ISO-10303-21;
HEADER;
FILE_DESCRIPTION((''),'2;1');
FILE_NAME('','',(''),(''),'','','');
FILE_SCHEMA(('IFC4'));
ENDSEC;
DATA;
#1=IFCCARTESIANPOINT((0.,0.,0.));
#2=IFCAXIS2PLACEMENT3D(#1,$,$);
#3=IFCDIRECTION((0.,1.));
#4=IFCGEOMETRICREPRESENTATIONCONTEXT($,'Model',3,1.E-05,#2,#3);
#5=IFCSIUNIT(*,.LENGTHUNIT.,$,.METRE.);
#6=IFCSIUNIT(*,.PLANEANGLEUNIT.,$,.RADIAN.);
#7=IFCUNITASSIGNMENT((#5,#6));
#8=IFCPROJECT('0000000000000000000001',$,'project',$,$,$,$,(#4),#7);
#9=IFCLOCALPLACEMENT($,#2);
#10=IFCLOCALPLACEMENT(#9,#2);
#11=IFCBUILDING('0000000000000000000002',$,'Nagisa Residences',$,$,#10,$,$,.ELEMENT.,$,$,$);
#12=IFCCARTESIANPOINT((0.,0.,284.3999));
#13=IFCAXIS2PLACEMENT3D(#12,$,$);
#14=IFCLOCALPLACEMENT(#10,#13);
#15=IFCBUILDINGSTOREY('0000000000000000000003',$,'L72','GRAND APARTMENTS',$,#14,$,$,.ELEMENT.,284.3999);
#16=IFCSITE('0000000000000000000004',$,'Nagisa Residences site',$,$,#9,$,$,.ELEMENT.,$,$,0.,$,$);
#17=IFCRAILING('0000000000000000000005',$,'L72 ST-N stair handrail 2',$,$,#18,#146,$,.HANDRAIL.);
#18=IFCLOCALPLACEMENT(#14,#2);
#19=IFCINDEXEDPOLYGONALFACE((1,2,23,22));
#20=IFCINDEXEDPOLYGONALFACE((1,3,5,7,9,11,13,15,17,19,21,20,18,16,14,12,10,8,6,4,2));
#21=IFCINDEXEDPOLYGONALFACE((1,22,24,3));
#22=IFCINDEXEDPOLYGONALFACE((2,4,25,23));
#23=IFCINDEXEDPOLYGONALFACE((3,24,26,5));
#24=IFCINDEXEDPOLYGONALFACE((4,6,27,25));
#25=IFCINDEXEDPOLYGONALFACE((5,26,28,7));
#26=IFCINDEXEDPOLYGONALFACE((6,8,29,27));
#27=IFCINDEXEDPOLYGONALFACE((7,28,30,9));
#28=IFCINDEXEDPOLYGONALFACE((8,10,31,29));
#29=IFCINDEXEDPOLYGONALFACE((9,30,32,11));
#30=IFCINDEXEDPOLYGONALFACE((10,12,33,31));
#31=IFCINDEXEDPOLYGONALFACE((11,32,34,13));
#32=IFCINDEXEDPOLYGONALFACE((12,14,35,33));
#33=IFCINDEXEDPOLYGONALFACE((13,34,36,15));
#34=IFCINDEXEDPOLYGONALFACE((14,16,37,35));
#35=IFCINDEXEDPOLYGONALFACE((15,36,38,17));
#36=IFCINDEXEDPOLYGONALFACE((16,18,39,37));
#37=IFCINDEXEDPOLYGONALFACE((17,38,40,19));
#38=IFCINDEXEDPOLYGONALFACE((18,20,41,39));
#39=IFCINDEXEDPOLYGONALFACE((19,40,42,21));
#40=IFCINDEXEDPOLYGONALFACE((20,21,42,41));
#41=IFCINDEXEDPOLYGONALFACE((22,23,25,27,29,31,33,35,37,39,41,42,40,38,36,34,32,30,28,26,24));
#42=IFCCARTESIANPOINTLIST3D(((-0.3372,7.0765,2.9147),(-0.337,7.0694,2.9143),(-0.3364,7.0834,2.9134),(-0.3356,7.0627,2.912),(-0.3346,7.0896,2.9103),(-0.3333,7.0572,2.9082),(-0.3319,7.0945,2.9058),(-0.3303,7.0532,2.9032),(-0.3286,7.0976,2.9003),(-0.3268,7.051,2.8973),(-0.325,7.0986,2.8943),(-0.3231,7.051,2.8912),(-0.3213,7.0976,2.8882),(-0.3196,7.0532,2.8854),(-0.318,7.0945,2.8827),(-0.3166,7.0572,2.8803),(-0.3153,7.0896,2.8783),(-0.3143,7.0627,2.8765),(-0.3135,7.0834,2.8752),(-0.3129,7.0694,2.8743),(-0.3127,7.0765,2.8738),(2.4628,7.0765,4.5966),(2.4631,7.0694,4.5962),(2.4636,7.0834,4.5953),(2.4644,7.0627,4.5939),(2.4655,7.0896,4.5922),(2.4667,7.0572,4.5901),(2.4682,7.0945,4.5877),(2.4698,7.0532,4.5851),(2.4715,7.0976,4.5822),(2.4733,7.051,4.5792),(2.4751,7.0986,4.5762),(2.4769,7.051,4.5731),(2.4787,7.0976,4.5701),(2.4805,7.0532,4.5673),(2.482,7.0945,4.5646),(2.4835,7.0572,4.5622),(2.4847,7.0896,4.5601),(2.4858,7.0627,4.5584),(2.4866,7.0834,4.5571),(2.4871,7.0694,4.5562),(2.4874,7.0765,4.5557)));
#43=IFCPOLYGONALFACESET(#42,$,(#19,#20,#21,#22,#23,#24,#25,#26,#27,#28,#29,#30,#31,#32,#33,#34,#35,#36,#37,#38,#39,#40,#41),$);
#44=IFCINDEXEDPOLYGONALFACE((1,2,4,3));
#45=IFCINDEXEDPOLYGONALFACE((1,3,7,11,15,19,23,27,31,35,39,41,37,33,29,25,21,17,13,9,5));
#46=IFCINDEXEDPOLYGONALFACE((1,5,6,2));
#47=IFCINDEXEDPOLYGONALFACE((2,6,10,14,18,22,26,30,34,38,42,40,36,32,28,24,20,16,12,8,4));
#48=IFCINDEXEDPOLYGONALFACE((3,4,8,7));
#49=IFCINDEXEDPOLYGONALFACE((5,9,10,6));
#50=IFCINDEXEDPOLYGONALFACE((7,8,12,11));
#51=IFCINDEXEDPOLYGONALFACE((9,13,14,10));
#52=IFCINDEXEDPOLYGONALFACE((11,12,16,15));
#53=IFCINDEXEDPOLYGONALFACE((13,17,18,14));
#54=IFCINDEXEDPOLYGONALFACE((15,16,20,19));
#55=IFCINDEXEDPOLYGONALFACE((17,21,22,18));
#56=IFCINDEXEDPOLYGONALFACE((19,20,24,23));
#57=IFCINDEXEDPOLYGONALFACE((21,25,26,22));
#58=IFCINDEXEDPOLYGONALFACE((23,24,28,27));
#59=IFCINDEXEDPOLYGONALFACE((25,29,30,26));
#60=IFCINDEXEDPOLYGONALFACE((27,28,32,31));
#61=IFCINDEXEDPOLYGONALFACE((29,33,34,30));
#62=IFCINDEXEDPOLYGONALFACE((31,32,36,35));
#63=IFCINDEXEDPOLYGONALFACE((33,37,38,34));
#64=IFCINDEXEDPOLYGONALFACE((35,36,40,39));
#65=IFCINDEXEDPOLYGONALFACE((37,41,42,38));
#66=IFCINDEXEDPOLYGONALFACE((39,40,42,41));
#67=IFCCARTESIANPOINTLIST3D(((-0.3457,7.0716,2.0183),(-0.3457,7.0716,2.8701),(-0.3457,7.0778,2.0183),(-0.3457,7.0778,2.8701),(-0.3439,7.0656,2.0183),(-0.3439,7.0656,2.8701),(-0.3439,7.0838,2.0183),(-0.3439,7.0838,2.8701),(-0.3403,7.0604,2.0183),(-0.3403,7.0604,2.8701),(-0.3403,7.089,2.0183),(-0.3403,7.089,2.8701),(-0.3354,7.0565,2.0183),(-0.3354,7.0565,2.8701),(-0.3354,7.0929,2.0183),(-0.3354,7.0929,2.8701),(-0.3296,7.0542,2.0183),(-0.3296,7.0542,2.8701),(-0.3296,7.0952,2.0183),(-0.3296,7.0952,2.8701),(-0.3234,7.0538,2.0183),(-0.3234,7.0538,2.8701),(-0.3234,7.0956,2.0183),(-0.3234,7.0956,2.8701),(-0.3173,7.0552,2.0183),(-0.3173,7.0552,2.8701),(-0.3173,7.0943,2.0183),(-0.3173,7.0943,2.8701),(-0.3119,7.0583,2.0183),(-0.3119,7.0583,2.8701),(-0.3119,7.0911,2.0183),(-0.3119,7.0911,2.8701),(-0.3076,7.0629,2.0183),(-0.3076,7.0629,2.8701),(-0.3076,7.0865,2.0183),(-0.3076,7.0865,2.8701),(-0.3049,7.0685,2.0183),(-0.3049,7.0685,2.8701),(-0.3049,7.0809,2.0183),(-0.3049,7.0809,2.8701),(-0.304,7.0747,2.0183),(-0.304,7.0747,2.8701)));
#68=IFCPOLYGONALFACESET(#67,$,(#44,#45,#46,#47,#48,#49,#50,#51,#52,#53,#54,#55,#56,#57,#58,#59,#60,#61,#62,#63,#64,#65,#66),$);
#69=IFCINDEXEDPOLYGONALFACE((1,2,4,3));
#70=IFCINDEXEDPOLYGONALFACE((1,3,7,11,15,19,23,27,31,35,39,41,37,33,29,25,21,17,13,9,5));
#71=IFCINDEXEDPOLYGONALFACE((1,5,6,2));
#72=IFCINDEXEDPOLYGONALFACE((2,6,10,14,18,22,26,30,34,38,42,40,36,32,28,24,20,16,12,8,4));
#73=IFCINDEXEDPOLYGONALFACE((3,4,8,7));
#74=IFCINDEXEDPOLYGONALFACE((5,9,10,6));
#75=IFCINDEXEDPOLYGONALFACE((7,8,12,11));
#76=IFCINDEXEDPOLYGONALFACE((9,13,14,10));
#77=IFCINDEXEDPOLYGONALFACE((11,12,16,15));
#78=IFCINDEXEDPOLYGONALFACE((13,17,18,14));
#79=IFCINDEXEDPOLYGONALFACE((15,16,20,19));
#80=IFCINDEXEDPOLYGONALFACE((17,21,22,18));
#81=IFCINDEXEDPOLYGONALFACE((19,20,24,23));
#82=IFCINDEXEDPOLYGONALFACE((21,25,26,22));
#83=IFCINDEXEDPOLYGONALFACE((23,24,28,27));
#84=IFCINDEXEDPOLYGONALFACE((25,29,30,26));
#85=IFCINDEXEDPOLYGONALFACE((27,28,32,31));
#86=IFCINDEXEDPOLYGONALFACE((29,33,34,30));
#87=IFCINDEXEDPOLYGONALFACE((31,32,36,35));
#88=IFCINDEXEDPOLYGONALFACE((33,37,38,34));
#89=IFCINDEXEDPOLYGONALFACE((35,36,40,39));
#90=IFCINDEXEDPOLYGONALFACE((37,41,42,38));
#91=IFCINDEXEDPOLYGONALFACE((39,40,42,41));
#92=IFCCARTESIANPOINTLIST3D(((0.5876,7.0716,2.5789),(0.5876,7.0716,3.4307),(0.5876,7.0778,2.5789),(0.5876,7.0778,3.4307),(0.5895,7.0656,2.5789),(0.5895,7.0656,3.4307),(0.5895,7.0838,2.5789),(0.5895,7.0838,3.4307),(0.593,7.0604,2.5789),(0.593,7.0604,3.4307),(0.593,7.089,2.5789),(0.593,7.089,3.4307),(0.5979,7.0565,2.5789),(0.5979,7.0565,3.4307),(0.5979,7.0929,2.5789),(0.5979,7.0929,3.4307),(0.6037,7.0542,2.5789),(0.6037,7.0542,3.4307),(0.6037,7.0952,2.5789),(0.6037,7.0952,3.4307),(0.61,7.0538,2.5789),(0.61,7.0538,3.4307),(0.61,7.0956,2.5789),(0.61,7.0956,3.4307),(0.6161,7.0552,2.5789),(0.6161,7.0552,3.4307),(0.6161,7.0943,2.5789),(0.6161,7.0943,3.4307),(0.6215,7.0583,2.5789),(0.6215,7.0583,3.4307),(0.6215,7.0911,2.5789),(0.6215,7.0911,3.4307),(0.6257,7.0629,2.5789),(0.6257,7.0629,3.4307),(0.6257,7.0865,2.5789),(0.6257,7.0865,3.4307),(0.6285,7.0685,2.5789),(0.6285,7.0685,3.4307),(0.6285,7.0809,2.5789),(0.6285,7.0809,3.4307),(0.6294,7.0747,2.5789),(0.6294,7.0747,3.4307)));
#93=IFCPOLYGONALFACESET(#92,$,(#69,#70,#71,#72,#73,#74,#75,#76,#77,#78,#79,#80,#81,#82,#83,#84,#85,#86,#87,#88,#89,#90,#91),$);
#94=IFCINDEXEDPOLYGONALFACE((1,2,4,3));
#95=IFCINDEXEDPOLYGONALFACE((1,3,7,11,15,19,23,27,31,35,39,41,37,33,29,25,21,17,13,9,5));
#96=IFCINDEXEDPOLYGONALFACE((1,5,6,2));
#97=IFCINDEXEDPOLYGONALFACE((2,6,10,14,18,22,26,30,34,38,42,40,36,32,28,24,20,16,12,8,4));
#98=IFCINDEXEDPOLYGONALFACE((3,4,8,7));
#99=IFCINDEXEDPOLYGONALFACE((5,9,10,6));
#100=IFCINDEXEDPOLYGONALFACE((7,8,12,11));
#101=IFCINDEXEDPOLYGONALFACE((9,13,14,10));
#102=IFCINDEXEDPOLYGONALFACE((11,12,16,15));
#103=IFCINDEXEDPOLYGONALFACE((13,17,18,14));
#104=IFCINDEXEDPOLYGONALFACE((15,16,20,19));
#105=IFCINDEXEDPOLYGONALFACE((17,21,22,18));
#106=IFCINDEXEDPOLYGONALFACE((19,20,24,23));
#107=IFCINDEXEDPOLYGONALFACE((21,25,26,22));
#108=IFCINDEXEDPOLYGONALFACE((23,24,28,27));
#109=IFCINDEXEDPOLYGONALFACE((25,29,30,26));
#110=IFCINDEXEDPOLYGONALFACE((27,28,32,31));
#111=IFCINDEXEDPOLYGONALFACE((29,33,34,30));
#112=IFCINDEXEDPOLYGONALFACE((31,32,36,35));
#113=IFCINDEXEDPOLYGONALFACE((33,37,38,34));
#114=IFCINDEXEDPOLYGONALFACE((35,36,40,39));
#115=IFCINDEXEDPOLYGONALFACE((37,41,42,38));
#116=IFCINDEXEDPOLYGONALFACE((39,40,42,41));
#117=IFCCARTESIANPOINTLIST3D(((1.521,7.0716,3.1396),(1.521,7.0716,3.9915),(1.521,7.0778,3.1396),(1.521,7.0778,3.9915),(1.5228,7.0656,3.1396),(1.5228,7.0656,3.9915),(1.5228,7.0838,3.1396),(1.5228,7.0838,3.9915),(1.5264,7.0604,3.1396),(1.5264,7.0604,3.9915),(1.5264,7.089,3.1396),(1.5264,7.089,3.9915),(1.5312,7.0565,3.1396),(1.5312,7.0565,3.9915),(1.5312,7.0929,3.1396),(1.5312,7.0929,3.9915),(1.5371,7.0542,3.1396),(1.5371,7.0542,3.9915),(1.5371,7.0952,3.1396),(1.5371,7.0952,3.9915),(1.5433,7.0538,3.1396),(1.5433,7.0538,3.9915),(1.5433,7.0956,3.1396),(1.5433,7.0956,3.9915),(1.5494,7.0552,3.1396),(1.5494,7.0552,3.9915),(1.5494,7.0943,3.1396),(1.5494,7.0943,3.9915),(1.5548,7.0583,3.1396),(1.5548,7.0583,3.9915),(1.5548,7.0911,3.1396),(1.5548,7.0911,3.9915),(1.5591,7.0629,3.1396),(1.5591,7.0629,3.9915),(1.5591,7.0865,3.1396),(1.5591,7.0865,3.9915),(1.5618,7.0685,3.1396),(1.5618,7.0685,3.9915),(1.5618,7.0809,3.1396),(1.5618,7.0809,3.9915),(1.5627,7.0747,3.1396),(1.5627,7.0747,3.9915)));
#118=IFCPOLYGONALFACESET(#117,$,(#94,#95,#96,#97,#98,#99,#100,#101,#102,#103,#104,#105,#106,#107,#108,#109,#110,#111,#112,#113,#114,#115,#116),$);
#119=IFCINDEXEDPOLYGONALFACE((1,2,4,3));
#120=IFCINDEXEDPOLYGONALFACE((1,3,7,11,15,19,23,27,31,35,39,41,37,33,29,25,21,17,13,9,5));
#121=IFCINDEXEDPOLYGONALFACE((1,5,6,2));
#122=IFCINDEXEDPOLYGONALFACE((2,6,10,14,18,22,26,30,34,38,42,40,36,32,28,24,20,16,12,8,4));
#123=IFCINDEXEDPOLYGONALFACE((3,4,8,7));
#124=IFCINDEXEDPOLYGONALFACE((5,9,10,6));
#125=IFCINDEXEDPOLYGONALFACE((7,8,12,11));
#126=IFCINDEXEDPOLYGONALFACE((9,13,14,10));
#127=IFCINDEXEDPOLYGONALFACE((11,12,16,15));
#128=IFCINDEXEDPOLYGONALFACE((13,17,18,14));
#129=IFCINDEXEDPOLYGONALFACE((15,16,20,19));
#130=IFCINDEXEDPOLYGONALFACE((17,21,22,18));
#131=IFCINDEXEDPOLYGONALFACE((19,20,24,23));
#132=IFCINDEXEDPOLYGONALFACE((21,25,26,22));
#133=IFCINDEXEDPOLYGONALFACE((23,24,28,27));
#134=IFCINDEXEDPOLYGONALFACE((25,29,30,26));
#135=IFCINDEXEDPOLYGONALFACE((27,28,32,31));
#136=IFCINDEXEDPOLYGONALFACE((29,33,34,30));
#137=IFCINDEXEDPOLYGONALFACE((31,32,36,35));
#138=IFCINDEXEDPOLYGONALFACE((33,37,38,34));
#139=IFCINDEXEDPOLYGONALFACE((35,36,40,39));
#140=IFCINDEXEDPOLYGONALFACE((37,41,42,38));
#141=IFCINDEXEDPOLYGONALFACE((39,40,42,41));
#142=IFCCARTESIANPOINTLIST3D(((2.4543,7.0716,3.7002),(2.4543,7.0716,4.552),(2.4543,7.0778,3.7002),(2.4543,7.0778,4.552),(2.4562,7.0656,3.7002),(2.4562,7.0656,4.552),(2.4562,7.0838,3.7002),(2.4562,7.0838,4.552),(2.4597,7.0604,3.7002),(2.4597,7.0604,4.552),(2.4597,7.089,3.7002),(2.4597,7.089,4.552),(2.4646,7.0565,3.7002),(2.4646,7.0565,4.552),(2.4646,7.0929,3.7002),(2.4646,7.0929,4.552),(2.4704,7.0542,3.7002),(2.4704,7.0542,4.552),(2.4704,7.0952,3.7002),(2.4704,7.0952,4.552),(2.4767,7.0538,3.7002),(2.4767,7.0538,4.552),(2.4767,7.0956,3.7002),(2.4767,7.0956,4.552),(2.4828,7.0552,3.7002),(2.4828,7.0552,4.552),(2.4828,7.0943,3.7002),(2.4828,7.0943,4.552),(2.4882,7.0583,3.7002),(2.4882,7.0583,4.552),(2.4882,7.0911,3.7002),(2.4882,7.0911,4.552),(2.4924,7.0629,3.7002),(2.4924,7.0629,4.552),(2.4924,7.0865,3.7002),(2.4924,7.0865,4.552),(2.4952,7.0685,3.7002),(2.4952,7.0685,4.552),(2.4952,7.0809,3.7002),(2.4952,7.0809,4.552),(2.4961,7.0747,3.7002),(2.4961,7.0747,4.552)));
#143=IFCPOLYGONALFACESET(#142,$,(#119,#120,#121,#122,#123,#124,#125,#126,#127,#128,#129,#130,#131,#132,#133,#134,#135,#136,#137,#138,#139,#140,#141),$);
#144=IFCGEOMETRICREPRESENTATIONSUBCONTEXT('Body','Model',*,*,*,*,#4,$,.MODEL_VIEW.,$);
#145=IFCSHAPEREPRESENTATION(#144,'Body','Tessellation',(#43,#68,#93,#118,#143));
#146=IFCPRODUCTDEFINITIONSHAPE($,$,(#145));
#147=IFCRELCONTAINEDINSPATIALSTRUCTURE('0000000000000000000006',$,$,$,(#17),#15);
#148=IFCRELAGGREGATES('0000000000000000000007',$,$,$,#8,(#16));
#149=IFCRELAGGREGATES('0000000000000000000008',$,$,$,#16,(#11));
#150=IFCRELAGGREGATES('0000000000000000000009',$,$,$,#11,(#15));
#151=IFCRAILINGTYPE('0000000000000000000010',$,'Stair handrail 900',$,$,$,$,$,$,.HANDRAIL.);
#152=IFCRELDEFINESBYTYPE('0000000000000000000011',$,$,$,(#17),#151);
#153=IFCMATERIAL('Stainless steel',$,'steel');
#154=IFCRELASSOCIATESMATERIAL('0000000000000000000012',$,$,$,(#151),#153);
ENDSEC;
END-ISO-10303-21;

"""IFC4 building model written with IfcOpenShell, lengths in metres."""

from ifc_helpers import new_model, si_unit, direction, frame, origin, origin_2d, place, context, subcontext, project, spatial, circle, extrude, material, type_object, element, save


model = new_model("IFC4")

# Units and contexts
model_context = context("Model", 3, precision=1e-05, world=origin(), true_north=direction((0.0, 1.0)))
body_context = subcontext(model_context, "Body", "Model", "MODEL_VIEW")
ifc_project = project(units=[si_unit("LENGTHUNIT", "METRE"), si_unit("PLANEANGLEUNIT", "RADIAN")], contexts=[model_context])

# Site, building, storey
site_placement = place(None, origin())
site = spatial("IfcSite", under=ifc_project, at=site_placement, Name="Nagisa Residences site", CompositionType="ELEMENT", RefElevation=0.0)
building_placement = place(site_placement, origin())
building = spatial("IfcBuilding", under=site, at=building_placement, Name="Nagisa Residences", CompositionType="ELEMENT")
storey_placement = place(building_placement, frame((0.0, 0.0, 284.3999)))
storey = spatial("IfcBuildingStorey", under=building, at=storey_placement, Name="L72", Description="GRAND APARTMENTS", CompositionType="ELEMENT", Elevation=284.3999)

# Railing
ifc_material_1 = material(Name="Stainless steel", Category="steel")
railing_type = type_object("IfcRailingType", Name="Stair handrail 900", PredefinedType="HANDRAIL", material=ifc_material_1)
railing_placement = place(storey_placement, frame((-0.325, 7.0747, 2.0183)))
element("IfcRailing", 1, at=railing_placement, inside=storey, type_object=railing_type, Name="L72 ST-N stair handrail 2", PredefinedType="HANDRAIL", context=body_context, shape_type="SweptSolid", body=[
    extrude(circle(Radius=0.0239, at=origin_2d()), frame((0.0, 0.0, 0.876), z_axis=(0.857242, 0.0, 0.514913), x_axis=(0.0, 1.0, 0.0)), (0.0, 0.0, 1.0), 3.2664),
    extrude(circle(Radius=0.021, at=origin_2d()), origin(), (0.0, 0.0, 1.0), 0.8518),
    extrude(circle(Radius=0.021, at=origin_2d()), frame((0.9333, 0.0, 0.5605)), (0.0, 0.0, 1.0), 0.8518),
    extrude(circle(Radius=0.021, at=origin_2d()), frame((1.8667, 0.0, 1.1213)), (0.0, 0.0, 1.0), 0.8518),
    extrude(circle(Radius=0.021, at=origin_2d()), frame((2.8, 0.0, 1.6819)), (0.0, 0.0, 1.0), 0.8518),
])

save(model, "model.ifc")
